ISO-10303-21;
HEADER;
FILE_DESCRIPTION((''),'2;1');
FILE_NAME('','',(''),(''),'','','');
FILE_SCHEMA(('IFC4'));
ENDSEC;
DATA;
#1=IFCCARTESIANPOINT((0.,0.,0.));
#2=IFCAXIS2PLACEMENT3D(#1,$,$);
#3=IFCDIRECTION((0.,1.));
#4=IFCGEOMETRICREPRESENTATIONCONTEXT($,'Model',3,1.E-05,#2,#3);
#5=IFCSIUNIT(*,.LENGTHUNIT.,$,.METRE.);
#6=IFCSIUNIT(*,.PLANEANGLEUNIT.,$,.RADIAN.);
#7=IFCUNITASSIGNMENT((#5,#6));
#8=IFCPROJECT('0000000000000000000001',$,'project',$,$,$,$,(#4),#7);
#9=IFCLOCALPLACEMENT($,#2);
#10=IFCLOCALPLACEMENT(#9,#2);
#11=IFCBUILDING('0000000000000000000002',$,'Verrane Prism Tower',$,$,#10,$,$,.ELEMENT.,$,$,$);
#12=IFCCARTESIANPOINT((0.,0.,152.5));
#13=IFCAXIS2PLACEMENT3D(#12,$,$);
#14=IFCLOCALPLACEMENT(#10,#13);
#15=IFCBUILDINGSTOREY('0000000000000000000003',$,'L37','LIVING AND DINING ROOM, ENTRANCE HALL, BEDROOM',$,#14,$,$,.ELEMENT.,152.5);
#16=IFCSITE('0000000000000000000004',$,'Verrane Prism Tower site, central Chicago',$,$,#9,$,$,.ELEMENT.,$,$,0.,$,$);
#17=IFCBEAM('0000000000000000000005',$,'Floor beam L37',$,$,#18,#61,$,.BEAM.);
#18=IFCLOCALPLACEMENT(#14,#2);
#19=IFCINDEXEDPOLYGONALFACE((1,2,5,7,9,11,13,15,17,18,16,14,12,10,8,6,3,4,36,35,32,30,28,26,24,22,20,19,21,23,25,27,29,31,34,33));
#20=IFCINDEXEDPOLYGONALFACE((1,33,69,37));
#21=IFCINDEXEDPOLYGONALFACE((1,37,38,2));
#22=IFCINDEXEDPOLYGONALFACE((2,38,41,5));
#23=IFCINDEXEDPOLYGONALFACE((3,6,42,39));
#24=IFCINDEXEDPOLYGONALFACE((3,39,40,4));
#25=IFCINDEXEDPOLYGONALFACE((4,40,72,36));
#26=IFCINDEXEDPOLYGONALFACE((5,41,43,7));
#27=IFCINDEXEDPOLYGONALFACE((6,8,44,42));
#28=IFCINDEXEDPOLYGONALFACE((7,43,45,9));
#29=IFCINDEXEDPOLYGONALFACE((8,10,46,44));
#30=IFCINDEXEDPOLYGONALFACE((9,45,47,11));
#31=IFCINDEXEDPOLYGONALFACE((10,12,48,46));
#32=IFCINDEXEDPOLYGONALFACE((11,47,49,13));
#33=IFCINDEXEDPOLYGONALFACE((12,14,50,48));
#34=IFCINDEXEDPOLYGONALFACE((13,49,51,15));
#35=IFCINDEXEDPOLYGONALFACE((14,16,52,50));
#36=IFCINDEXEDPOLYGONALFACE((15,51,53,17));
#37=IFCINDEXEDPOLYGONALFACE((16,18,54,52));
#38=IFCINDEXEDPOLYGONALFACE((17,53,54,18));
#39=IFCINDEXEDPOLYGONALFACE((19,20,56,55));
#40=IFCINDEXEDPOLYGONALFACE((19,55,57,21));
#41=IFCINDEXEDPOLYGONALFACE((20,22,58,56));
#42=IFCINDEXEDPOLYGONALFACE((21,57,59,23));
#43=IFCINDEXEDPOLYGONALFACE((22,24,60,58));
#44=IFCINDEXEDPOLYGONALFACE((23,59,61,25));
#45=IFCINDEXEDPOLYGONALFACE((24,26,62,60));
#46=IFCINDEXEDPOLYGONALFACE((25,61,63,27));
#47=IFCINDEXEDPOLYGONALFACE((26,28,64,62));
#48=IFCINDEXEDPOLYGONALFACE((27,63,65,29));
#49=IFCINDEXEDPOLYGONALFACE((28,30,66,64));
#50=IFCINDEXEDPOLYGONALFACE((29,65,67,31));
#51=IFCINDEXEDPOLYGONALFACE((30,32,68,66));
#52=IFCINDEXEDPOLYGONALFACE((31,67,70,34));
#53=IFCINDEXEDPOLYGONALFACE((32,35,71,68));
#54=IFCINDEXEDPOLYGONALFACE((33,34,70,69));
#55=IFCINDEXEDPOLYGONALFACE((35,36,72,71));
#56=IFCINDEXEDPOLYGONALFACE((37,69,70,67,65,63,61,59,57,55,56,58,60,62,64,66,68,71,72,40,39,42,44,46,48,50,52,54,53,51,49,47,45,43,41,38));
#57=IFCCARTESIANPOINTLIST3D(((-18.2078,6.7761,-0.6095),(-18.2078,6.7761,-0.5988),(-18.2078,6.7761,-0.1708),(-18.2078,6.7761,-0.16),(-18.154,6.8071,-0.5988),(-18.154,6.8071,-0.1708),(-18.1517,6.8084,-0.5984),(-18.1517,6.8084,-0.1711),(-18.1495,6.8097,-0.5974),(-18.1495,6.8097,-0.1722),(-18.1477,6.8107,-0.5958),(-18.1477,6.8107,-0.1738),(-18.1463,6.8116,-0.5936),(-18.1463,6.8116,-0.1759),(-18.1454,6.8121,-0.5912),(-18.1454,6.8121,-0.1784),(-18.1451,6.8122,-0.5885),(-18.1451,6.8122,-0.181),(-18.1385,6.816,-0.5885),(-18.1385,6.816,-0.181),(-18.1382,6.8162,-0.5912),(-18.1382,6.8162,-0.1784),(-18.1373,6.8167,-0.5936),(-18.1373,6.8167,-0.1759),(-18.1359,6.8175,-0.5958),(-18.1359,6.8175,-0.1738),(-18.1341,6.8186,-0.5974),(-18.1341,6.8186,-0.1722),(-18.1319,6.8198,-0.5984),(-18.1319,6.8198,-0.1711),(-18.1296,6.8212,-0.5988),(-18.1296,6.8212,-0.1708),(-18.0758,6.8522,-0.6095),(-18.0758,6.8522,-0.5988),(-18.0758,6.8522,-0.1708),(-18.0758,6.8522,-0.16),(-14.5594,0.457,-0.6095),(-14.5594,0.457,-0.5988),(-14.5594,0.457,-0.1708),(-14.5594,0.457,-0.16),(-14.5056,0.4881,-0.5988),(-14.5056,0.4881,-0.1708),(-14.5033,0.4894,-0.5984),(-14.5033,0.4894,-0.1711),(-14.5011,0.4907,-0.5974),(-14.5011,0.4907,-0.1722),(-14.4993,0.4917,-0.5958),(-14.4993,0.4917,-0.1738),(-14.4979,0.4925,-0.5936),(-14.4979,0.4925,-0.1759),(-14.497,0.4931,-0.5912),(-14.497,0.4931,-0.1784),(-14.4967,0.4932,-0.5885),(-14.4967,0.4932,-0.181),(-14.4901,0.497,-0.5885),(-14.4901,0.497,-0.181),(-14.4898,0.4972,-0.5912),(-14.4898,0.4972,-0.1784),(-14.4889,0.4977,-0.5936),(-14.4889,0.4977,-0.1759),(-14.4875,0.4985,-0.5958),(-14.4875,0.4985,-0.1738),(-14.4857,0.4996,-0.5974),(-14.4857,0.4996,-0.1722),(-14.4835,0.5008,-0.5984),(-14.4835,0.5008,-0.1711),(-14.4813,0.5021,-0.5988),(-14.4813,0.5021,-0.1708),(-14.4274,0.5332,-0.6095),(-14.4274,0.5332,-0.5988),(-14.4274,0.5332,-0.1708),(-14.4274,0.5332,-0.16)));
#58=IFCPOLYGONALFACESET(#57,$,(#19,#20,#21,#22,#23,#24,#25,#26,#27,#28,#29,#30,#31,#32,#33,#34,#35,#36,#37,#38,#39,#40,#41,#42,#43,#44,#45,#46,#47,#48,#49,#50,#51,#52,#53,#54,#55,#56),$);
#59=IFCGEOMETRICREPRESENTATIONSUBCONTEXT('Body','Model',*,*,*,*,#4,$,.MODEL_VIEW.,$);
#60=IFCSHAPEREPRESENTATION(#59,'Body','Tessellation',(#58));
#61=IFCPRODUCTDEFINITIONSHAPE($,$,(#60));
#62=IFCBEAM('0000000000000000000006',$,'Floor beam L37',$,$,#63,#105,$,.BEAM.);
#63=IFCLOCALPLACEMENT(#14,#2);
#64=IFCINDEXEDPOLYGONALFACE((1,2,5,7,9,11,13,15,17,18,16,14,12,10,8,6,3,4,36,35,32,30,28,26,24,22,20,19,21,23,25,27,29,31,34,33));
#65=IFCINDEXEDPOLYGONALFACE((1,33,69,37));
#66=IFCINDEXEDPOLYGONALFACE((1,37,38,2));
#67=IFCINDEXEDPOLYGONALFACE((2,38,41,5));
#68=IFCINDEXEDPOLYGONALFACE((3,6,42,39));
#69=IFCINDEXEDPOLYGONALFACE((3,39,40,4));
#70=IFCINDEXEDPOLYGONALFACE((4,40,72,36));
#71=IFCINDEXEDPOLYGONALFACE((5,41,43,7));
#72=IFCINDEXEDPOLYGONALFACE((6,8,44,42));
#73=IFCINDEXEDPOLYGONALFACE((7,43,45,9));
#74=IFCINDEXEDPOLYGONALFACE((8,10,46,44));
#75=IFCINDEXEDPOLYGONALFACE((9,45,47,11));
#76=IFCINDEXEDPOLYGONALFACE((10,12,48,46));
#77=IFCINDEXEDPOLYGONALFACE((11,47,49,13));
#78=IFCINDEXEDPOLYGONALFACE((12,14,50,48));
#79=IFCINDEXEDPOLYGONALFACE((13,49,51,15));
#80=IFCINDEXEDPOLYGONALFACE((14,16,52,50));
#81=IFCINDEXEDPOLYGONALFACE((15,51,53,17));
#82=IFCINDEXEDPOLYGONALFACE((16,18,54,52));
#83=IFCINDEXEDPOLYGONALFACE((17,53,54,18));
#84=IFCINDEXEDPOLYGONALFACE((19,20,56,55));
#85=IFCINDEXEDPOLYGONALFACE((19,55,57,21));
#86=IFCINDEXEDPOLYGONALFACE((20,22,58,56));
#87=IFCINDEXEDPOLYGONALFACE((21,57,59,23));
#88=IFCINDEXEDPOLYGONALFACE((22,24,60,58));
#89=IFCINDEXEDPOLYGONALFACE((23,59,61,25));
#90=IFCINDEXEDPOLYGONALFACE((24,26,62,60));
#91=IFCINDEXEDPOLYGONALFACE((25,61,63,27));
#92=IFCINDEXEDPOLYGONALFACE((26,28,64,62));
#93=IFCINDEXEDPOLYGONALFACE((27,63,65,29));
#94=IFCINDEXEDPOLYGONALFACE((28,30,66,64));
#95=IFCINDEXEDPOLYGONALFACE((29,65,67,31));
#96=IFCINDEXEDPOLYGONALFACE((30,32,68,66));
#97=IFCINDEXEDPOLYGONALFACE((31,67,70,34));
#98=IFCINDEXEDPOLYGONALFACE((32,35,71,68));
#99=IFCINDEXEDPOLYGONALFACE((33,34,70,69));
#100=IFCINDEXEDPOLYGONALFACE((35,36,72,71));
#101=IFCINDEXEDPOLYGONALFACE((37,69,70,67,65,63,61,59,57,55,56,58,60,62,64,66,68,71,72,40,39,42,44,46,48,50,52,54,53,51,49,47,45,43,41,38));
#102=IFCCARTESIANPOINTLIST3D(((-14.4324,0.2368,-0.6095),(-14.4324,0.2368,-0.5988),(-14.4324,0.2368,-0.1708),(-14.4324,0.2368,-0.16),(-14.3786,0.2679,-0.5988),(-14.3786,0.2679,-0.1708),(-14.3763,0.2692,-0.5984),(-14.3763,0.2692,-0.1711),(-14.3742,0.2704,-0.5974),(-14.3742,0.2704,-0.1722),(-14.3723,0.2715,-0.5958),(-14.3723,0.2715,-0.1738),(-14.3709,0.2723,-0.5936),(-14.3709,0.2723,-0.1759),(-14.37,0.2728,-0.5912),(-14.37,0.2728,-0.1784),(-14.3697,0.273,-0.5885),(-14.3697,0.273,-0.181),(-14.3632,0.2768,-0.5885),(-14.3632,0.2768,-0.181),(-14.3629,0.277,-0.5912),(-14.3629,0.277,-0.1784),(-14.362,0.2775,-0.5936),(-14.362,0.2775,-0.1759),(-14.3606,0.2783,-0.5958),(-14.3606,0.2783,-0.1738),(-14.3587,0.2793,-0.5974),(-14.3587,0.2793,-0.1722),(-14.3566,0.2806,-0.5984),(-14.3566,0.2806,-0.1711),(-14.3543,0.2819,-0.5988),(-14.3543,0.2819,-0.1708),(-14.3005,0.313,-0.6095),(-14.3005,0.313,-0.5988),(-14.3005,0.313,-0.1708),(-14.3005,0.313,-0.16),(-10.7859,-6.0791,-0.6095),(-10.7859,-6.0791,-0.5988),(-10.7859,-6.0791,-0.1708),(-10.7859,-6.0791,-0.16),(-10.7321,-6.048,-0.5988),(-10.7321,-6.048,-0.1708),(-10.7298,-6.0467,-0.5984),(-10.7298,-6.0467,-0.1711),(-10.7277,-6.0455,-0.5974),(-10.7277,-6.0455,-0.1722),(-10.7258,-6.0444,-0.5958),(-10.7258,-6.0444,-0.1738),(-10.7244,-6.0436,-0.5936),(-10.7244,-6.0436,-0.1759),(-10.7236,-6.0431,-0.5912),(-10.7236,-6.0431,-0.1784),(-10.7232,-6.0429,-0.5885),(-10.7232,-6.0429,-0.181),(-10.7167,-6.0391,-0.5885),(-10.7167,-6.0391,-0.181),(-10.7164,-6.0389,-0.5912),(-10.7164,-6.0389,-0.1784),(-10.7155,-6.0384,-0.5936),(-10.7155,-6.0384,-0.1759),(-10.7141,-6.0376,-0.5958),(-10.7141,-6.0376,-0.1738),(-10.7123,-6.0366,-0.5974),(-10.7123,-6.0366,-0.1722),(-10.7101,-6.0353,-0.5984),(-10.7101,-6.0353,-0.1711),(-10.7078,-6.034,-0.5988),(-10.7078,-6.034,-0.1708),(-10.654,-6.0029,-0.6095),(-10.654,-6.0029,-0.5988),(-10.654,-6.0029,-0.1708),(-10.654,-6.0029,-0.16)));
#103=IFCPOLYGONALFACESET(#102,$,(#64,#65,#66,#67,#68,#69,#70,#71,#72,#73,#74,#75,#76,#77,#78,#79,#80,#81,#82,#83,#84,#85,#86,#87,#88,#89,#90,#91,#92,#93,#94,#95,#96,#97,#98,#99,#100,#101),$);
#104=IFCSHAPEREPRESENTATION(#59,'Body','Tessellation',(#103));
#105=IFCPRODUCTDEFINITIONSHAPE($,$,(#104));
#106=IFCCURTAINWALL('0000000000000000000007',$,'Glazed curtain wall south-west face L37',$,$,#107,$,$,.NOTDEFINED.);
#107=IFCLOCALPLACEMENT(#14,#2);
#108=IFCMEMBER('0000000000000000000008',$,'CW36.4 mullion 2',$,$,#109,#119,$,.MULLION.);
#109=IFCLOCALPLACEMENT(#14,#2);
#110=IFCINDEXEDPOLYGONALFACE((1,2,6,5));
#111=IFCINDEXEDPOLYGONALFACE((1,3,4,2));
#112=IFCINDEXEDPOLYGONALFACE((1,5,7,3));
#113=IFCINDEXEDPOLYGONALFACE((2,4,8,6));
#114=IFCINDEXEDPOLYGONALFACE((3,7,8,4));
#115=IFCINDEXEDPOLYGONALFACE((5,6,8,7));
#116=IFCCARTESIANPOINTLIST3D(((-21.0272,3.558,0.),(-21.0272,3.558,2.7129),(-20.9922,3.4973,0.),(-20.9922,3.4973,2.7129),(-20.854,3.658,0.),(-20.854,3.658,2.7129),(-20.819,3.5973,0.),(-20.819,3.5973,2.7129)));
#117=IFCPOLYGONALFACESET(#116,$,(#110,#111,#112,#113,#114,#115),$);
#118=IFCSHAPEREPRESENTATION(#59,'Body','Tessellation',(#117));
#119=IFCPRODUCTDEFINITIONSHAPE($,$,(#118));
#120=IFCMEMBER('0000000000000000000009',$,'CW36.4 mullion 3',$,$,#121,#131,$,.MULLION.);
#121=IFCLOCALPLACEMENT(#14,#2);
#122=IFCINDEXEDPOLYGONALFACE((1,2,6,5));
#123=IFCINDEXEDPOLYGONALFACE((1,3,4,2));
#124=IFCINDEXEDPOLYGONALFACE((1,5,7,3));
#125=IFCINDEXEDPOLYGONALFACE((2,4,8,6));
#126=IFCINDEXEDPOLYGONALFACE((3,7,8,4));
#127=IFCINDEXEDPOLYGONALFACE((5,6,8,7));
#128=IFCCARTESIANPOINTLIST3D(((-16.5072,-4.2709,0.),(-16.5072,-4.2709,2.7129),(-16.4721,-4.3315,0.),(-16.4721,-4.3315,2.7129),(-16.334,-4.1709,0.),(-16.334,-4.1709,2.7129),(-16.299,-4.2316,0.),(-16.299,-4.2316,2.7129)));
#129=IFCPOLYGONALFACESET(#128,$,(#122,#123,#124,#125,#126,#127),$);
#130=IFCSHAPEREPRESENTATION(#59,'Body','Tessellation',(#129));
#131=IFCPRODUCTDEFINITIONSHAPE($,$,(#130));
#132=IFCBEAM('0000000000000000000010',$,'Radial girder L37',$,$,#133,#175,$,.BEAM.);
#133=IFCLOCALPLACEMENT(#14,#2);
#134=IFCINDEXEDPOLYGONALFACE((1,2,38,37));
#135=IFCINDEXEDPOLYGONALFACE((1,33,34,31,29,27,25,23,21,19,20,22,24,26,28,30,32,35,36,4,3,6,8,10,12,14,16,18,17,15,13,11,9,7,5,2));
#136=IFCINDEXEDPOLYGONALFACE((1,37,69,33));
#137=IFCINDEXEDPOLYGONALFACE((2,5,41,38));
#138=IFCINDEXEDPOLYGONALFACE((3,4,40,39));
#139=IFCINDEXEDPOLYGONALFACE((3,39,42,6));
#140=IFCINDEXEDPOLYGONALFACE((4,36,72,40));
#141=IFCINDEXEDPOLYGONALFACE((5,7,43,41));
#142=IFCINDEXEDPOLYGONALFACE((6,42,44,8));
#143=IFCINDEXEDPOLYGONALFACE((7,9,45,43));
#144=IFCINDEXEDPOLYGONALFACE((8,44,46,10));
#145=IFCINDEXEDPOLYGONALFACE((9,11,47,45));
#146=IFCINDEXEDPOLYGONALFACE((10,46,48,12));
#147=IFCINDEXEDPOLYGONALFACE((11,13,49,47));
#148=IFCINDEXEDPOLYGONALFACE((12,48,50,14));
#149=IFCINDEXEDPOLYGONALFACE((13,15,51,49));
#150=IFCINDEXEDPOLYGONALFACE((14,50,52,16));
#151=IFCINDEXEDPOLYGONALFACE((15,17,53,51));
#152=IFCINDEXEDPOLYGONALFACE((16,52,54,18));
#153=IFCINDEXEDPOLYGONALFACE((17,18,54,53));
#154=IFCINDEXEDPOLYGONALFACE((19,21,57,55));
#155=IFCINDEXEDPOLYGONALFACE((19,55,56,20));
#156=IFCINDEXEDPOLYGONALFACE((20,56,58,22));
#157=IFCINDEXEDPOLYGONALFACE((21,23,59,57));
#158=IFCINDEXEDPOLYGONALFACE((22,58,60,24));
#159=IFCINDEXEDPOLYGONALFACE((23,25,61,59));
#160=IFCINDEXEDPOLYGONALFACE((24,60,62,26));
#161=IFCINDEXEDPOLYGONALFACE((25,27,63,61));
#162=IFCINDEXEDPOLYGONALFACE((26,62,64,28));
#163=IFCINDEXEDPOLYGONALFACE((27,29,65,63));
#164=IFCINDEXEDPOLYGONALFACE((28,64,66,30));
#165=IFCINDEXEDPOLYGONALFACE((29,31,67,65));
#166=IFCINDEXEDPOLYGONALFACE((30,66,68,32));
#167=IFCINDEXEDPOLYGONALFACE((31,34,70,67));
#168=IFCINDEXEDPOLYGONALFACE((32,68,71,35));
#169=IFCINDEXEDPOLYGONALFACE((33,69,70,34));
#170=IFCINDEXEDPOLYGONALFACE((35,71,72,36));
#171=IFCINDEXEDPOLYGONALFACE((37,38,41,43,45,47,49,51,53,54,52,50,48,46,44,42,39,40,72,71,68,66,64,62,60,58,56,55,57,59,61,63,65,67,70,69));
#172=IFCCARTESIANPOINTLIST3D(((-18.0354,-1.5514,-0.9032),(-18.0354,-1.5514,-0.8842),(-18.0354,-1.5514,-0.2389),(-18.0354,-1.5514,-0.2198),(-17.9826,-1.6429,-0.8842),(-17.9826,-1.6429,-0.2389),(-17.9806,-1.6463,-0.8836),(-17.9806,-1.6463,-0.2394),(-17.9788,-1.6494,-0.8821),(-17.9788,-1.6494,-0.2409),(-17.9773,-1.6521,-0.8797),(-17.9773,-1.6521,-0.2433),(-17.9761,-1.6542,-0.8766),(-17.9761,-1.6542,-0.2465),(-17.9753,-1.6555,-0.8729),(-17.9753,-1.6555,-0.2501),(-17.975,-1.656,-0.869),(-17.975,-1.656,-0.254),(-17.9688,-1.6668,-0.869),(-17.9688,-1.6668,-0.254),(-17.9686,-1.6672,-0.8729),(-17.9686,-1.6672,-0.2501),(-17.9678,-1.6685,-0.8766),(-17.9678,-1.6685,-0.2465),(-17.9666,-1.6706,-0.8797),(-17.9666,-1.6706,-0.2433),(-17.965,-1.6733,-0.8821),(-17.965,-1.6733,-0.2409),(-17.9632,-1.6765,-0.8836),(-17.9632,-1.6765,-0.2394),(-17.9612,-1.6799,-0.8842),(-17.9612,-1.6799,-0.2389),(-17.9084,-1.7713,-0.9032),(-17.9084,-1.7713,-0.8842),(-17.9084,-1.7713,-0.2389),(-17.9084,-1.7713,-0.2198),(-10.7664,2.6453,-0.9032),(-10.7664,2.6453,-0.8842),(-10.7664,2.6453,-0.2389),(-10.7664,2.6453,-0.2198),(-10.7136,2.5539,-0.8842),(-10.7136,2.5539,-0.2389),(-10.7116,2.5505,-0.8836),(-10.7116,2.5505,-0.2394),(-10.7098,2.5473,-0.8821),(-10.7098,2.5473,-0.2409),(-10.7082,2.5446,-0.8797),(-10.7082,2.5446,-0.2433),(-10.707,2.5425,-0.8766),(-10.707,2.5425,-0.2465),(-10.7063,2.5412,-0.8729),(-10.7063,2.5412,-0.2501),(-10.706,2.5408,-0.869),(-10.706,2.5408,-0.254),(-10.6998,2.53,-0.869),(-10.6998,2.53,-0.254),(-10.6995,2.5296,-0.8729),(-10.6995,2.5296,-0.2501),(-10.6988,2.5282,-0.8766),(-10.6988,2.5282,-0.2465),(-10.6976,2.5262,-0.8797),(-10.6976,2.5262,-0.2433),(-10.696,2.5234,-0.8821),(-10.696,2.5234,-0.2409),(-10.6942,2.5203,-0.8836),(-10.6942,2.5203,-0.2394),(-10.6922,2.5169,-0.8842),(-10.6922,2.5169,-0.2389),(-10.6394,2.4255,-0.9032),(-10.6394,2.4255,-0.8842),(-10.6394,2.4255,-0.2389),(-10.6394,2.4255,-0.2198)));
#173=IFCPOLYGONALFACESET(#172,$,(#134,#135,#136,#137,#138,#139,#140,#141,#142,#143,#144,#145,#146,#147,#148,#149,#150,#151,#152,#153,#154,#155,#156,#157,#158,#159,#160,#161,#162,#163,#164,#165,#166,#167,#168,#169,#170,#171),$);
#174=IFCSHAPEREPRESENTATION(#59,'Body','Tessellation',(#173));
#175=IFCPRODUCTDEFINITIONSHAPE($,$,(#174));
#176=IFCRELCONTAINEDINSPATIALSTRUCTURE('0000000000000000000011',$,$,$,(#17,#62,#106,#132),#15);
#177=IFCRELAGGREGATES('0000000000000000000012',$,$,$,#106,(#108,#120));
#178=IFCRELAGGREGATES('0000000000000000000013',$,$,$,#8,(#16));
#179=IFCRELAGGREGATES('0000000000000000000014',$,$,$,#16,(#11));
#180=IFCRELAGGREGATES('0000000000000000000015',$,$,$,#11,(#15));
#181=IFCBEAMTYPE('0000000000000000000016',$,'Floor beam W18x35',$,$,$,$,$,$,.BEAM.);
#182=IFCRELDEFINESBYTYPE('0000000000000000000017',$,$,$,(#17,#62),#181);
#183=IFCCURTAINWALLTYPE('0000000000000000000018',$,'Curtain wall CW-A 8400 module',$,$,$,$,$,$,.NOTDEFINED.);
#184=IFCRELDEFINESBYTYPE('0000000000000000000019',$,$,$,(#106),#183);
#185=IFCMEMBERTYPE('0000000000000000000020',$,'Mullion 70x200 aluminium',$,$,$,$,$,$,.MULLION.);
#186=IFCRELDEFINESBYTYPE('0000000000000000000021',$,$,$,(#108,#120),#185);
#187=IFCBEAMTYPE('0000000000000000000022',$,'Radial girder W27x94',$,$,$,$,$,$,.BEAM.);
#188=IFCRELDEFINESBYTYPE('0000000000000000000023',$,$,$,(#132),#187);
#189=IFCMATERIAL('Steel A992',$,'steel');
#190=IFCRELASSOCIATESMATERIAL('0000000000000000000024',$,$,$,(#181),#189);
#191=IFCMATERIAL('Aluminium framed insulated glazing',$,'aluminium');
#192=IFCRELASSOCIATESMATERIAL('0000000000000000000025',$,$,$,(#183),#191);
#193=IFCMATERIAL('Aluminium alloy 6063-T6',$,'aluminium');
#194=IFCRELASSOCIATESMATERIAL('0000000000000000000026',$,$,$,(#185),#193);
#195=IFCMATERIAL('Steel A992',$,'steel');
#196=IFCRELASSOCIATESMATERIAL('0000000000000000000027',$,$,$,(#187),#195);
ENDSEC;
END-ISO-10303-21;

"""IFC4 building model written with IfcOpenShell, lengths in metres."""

from ifc_helpers import new_model, si_unit, direction, frame, origin, origin_2d, place, context, subcontext, project, spatial, rectangle, i_section, extrude, material, material_profile, profile_set, type_object, element, aggregate, save


model = new_model("IFC4")

# Units and contexts
model_context = context("Model", 3, precision=1e-05, world=origin(), true_north=direction((0.0, 1.0)))
body_context = subcontext(model_context, "Body", "Model", "MODEL_VIEW")
ifc_project = project(units=[si_unit("LENGTHUNIT", "METRE"), si_unit("PLANEANGLEUNIT", "RADIAN")], contexts=[model_context])

# Site, building, storey
site_placement = place(None, origin())
site = spatial("IfcSite", under=ifc_project, at=site_placement, Name="Verrane Prism Tower site, central Chicago", CompositionType="ELEMENT", RefElevation=0.0)
building_placement = place(site_placement, origin())
building = spatial("IfcBuilding", under=site, at=building_placement, Name="Verrane Prism Tower", CompositionType="ELEMENT")
storey_placement = place(building_placement, frame((0.0, 0.0, 152.5)))
storey = spatial("IfcBuildingStorey", under=building, at=storey_placement, Name="L37", Description="LIVING AND DINING ROOM, ENTRANCE HALL, BEDROOM", CompositionType="ELEMENT", Elevation=152.5)

# Beams
ifc_material_1 = material(Name="Steel A992", Category="steel")
ifc_material_profile_1 = material_profile(ifc_material_1, i_section(OverallWidth=0.1523, OverallDepth=0.4495, WebThickness=0.0076, FlangeThickness=0.0107, FilletRadius=0.0103, at=origin_2d()), Name="W18x35")
ifc_profile_set_1 = profile_set([ifc_material_profile_1], Name="Steel A992")
beam_type_1 = type_object("IfcBeamType", Name="Floor beam W18x35", PredefinedType="BEAM", material=ifc_profile_set_1)
beam_1_placement = place(storey_placement, frame((-14.4934, 0.4951, -0.3848), z_axis=(-0.500011, 0.866019, 0.0), x_axis=(-0.866019, -0.500011, 0.0)))
element("IfcBeam", 1, at=beam_1_placement, inside=storey, type_object=beam_type_1, Name="Floor beam L37", PredefinedType="BEAM", context=body_context, shape_type="SweptSolid", body=[
    extrude(i_section(OverallWidth=0.1523, OverallDepth=0.4495, WebThickness=0.0076, FlangeThickness=0.0107, FilletRadius=0.0103, at=origin_2d()), origin(), (0.0, 0.0, 1.0), 7.2966),
])
beam_2_placement = place(storey_placement, frame((-10.72, -6.041, -0.3848), z_axis=(-0.499999, 0.866026, 0.0), x_axis=(-0.866026, -0.499999, 0.0)))
element("IfcBeam", 2, at=beam_2_placement, inside=storey, type_object=beam_type_1, Name="Floor beam L37", PredefinedType="BEAM", context=body_context, shape_type="SweptSolid", body=[
    extrude(i_section(OverallWidth=0.1523, OverallDepth=0.4495, WebThickness=0.0076, FlangeThickness=0.0107, FilletRadius=0.0103, at=origin_2d()), origin(), (0.0, 0.0, 1.0), 7.293),
])

# Curtain wall, members
ifc_material_2 = material(Name="Aluminium framed insulated glazing", Category="aluminium")
curtain_wall_type = type_object("IfcCurtainWallType", Name="Curtain wall CW-A 8400 module", PredefinedType="NOTDEFINED", material=ifc_material_2)
curtain_wall_placement = place(storey_placement, origin())
curtain_wall = element("IfcCurtainWall", 3, at=curtain_wall_placement, inside=storey, type_object=curtain_wall_type, Name="Glazed curtain wall south-west face L37", PredefinedType="NOTDEFINED")
ifc_material_3 = material(Name="Aluminium alloy 6063-T6", Category="aluminium")
ifc_material_profile_2 = material_profile(ifc_material_3, rectangle(XDim=0.2, YDim=0.0701, at=origin_2d()), Name="Mullion 70x200 aluminium")
ifc_profile_set_2 = profile_set([ifc_material_profile_2], Name="Aluminium alloy 6063-T6")
member_type_1 = type_object("IfcMemberType", Name="Mullion 70x200 aluminium", PredefinedType="MULLION", material=ifc_profile_set_2)
member_1_placement = place(storey_placement, frame((-20.9231, 3.5776, 0.0), z_axis=(0.0, 0.0, 1.0), x_axis=(0.866025, 0.500001, 0.0)))
member_1 = element("IfcMember", 4, at=member_1_placement, type_object=member_type_1, Name="CW36.4 mullion 2", PredefinedType="MULLION", context=body_context, shape_type="SweptSolid", body=[
    extrude(rectangle(XDim=0.2, YDim=0.0701, at=origin_2d()), origin(), (0.0, 0.0, 1.0), 2.7129),
])
member_2_placement = place(storey_placement, frame((-16.4031, -4.2512, 0.0), z_axis=(0.0, 0.0, 1.0), x_axis=(0.866025, 0.500001, 0.0)))
member_2 = element("IfcMember", 5, at=member_2_placement, type_object=member_type_1, Name="CW36.4 mullion 3", PredefinedType="MULLION", context=body_context, shape_type="SweptSolid", body=[
    extrude(rectangle(XDim=0.2, YDim=0.0701, at=origin_2d()), origin(), (0.0, 0.0, 1.0), 2.7129),
])

# Beam
ifc_material_4 = material(Name="Steel A992", Category="steel")
ifc_material_profile_3 = material_profile(ifc_material_4, i_section(OverallWidth=0.2539, OverallDepth=0.6833, WebThickness=0.0125, FlangeThickness=0.019, FilletRadius=0.0151, at=origin_2d()), Name="W27x94")
ifc_profile_set_3 = profile_set([ifc_material_profile_3], Name="Steel A992")
beam_type_2 = type_object("IfcBeamType", Name="Radial girder W27x94", PredefinedType="BEAM", material=ifc_profile_set_3)
beam_3_placement = place(storey_placement, frame((-17.9719, -1.6614, -0.5615), z_axis=(0.866026, 0.499999, 0.0), x_axis=(-0.499999, 0.866026, 0.0)))
element("IfcBeam", 6, at=beam_3_placement, inside=storey, type_object=beam_type_2, Name="Radial girder L37", PredefinedType="BEAM", context=body_context, shape_type="SweptSolid", body=[
    extrude(i_section(OverallWidth=0.2539, OverallDepth=0.6833, WebThickness=0.0125, FlangeThickness=0.019, FilletRadius=0.0151, at=origin_2d()), origin(), (0.0, 0.0, 1.0), 8.3936),
])

aggregate(curtain_wall, [member_1, member_2])

save(model, "model.ifc")
